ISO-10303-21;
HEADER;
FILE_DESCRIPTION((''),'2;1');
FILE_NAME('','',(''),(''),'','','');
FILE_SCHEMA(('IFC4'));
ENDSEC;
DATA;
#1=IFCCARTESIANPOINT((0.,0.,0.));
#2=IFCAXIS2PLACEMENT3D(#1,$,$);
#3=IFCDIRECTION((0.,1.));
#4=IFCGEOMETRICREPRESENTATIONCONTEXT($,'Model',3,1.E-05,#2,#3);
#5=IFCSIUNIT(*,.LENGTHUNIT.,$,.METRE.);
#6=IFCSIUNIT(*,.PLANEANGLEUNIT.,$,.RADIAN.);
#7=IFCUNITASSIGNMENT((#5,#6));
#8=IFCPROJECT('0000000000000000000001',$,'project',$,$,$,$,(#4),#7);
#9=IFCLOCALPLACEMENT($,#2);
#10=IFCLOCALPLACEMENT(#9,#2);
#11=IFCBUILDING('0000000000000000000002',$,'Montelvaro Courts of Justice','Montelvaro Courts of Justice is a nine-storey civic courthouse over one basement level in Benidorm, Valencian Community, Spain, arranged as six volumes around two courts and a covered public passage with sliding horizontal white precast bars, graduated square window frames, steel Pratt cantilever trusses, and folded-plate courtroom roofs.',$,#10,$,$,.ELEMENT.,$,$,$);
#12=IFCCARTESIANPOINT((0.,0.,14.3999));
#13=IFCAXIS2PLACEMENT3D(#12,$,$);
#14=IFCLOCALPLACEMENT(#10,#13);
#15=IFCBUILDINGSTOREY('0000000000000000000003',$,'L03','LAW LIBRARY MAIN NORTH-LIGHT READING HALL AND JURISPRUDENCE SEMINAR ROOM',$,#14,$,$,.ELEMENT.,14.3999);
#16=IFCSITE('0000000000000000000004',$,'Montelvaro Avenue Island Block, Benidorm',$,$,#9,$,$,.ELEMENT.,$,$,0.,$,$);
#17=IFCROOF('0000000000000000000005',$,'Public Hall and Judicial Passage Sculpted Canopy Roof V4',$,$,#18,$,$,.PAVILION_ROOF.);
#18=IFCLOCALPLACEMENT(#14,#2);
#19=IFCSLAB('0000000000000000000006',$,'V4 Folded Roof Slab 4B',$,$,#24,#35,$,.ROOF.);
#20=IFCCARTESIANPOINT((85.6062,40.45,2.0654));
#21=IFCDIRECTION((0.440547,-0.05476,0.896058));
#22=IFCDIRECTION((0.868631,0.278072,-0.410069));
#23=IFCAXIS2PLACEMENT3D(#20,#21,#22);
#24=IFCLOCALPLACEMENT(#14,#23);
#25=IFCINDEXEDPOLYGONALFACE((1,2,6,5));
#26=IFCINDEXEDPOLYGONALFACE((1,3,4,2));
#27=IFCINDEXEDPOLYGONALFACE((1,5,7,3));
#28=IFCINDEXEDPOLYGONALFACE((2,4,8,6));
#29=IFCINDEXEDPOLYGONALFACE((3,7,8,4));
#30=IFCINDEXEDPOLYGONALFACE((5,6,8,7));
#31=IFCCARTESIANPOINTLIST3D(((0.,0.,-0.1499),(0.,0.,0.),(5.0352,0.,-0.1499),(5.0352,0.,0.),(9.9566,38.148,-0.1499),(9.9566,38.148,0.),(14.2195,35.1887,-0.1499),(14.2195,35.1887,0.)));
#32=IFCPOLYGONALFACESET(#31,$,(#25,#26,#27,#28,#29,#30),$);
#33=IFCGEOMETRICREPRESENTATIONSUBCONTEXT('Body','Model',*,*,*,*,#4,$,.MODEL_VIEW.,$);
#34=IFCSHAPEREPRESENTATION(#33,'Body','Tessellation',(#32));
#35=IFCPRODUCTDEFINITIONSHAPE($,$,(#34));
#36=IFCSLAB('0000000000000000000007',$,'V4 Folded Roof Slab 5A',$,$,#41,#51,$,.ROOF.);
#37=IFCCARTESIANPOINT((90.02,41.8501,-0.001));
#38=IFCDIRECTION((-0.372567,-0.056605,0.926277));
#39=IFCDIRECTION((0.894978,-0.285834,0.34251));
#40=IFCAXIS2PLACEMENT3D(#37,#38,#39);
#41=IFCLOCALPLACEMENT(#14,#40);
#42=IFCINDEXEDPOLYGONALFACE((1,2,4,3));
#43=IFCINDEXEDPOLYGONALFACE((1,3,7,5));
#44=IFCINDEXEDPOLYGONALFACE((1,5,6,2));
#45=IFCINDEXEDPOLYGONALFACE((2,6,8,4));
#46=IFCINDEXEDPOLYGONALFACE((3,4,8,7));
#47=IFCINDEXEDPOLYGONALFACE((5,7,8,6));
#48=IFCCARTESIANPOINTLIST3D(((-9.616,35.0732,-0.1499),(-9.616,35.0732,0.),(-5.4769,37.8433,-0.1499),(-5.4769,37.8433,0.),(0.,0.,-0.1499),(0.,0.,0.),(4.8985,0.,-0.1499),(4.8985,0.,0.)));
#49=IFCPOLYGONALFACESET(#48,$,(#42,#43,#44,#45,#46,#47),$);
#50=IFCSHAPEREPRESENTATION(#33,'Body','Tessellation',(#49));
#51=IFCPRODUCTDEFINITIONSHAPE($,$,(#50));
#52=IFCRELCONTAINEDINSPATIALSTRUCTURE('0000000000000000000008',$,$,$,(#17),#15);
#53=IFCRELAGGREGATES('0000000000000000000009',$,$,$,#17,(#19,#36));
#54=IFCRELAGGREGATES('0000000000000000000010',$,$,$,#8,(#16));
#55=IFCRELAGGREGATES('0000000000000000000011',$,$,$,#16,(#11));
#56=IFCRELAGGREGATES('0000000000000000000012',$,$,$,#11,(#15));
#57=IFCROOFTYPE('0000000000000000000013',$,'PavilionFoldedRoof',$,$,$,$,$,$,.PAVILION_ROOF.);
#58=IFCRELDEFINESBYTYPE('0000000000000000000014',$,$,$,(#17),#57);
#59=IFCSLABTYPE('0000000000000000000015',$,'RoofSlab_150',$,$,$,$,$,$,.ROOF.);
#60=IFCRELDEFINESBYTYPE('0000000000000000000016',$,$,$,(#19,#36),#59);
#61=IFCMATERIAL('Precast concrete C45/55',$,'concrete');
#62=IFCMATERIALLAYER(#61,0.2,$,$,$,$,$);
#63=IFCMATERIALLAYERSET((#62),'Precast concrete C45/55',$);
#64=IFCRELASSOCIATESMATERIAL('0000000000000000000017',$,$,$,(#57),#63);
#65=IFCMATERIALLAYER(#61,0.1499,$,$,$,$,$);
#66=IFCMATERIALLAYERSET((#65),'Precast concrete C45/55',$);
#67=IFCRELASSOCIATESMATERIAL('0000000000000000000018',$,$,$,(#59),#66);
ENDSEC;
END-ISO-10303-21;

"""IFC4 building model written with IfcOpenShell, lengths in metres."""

from ifc_helpers import new_model, si_unit, direction, frame, origin, place, context, subcontext, project, spatial, polyline, outline, extrude, material, layer, layer_set, type_object, element, aggregate, save


model = new_model("IFC4")

# Units and contexts
model_context = context("Model", 3, precision=1e-05, world=origin(), true_north=direction((0.0, 1.0)))
body_context = subcontext(model_context, "Body", "Model", "MODEL_VIEW")
ifc_project = project(units=[si_unit("LENGTHUNIT", "METRE"), si_unit("PLANEANGLEUNIT", "RADIAN")], contexts=[model_context])

# Site, building, storey
site_placement = place(None, origin())
site = spatial("IfcSite", under=ifc_project, at=site_placement, Name="Montelvaro Avenue Island Block, Benidorm", CompositionType="ELEMENT", RefElevation=0.0)
building_placement = place(site_placement, origin())
building = spatial("IfcBuilding", under=site, at=building_placement, Name="Montelvaro Courts of Justice", Description="Montelvaro Courts of Justice is a nine-storey civic courthouse over one basement level in Benidorm, Valencian Community, Spain, arranged as six volumes around two courts and a covered public passage with sliding horizontal white precast bars, graduated square window frames, steel Pratt cantilever trusses, and folded-plate courtroom roofs.", CompositionType="ELEMENT")
storey_placement = place(building_placement, frame((0.0, 0.0, 14.3999)))
storey = spatial("IfcBuildingStorey", under=building, at=storey_placement, Name="L03", Description="LAW LIBRARY MAIN NORTH-LIGHT READING HALL AND JURISPRUDENCE SEMINAR ROOM", CompositionType="ELEMENT", Elevation=14.3999)

# Roof, slabs
ifc_material_1 = material(Name="Precast concrete C45/55", Category="concrete")
ifc_layer_1 = layer(ifc_material_1, 0.2)
ifc_layer_set_1 = layer_set([ifc_layer_1], Name="Precast concrete C45/55")
roof_type = type_object("IfcRoofType", Name="PavilionFoldedRoof", PredefinedType="PAVILION_ROOF", material=ifc_layer_set_1)
roof_placement = place(storey_placement, origin())
roof = element("IfcRoof", 1, at=roof_placement, inside=storey, type_object=roof_type, Name="Public Hall and Judicial Passage Sculpted Canopy Roof V4", PredefinedType="PAVILION_ROOF")
ifc_layer_2 = layer(ifc_material_1, 0.1499)
ifc_layer_set_2 = layer_set([ifc_layer_2], Name="Precast concrete C45/55")
slab_type = type_object("IfcSlabType", Name="RoofSlab_150", PredefinedType="ROOF", material=ifc_layer_set_2)
slab_1_placement = place(storey_placement, frame((85.6062, 40.45, 2.0654), z_axis=(0.440547, -0.05476, 0.896058), x_axis=(0.868631, 0.278072, -0.410069)))
slab_1 = element("IfcSlab", 2, at=slab_1_placement, type_object=slab_type, Name="V4 Folded Roof Slab 4B", PredefinedType="ROOF", context=body_context, shape_type="SweptSolid", body=[
    extrude(outline(polyline([(0.0, 0.0), (5.0352, 0.0), (14.2195, 35.1887), (9.9566, 38.148), (0.0, 0.0)])), origin(), (0.0, 0.0, -1.0), 0.1499),
])
slab_2_placement = place(storey_placement, frame((90.02, 41.8501, -0.001), z_axis=(-0.372567, -0.056605, 0.926277), x_axis=(0.894978, -0.285834, 0.34251)))
slab_2 = element("IfcSlab", 3, at=slab_2_placement, type_object=slab_type, Name="V4 Folded Roof Slab 5A", PredefinedType="ROOF", context=body_context, shape_type="SweptSolid", body=[
    extrude(outline(polyline([(0.0, 0.0), (4.8985, 0.0), (-5.4769, 37.8433), (-9.616, 35.0732), (0.0, 0.0)])), origin(), (0.0, 0.0, -1.0), 0.1499),
])
aggregate(roof, [slab_1, slab_2])

save(model, "model.ifc")
